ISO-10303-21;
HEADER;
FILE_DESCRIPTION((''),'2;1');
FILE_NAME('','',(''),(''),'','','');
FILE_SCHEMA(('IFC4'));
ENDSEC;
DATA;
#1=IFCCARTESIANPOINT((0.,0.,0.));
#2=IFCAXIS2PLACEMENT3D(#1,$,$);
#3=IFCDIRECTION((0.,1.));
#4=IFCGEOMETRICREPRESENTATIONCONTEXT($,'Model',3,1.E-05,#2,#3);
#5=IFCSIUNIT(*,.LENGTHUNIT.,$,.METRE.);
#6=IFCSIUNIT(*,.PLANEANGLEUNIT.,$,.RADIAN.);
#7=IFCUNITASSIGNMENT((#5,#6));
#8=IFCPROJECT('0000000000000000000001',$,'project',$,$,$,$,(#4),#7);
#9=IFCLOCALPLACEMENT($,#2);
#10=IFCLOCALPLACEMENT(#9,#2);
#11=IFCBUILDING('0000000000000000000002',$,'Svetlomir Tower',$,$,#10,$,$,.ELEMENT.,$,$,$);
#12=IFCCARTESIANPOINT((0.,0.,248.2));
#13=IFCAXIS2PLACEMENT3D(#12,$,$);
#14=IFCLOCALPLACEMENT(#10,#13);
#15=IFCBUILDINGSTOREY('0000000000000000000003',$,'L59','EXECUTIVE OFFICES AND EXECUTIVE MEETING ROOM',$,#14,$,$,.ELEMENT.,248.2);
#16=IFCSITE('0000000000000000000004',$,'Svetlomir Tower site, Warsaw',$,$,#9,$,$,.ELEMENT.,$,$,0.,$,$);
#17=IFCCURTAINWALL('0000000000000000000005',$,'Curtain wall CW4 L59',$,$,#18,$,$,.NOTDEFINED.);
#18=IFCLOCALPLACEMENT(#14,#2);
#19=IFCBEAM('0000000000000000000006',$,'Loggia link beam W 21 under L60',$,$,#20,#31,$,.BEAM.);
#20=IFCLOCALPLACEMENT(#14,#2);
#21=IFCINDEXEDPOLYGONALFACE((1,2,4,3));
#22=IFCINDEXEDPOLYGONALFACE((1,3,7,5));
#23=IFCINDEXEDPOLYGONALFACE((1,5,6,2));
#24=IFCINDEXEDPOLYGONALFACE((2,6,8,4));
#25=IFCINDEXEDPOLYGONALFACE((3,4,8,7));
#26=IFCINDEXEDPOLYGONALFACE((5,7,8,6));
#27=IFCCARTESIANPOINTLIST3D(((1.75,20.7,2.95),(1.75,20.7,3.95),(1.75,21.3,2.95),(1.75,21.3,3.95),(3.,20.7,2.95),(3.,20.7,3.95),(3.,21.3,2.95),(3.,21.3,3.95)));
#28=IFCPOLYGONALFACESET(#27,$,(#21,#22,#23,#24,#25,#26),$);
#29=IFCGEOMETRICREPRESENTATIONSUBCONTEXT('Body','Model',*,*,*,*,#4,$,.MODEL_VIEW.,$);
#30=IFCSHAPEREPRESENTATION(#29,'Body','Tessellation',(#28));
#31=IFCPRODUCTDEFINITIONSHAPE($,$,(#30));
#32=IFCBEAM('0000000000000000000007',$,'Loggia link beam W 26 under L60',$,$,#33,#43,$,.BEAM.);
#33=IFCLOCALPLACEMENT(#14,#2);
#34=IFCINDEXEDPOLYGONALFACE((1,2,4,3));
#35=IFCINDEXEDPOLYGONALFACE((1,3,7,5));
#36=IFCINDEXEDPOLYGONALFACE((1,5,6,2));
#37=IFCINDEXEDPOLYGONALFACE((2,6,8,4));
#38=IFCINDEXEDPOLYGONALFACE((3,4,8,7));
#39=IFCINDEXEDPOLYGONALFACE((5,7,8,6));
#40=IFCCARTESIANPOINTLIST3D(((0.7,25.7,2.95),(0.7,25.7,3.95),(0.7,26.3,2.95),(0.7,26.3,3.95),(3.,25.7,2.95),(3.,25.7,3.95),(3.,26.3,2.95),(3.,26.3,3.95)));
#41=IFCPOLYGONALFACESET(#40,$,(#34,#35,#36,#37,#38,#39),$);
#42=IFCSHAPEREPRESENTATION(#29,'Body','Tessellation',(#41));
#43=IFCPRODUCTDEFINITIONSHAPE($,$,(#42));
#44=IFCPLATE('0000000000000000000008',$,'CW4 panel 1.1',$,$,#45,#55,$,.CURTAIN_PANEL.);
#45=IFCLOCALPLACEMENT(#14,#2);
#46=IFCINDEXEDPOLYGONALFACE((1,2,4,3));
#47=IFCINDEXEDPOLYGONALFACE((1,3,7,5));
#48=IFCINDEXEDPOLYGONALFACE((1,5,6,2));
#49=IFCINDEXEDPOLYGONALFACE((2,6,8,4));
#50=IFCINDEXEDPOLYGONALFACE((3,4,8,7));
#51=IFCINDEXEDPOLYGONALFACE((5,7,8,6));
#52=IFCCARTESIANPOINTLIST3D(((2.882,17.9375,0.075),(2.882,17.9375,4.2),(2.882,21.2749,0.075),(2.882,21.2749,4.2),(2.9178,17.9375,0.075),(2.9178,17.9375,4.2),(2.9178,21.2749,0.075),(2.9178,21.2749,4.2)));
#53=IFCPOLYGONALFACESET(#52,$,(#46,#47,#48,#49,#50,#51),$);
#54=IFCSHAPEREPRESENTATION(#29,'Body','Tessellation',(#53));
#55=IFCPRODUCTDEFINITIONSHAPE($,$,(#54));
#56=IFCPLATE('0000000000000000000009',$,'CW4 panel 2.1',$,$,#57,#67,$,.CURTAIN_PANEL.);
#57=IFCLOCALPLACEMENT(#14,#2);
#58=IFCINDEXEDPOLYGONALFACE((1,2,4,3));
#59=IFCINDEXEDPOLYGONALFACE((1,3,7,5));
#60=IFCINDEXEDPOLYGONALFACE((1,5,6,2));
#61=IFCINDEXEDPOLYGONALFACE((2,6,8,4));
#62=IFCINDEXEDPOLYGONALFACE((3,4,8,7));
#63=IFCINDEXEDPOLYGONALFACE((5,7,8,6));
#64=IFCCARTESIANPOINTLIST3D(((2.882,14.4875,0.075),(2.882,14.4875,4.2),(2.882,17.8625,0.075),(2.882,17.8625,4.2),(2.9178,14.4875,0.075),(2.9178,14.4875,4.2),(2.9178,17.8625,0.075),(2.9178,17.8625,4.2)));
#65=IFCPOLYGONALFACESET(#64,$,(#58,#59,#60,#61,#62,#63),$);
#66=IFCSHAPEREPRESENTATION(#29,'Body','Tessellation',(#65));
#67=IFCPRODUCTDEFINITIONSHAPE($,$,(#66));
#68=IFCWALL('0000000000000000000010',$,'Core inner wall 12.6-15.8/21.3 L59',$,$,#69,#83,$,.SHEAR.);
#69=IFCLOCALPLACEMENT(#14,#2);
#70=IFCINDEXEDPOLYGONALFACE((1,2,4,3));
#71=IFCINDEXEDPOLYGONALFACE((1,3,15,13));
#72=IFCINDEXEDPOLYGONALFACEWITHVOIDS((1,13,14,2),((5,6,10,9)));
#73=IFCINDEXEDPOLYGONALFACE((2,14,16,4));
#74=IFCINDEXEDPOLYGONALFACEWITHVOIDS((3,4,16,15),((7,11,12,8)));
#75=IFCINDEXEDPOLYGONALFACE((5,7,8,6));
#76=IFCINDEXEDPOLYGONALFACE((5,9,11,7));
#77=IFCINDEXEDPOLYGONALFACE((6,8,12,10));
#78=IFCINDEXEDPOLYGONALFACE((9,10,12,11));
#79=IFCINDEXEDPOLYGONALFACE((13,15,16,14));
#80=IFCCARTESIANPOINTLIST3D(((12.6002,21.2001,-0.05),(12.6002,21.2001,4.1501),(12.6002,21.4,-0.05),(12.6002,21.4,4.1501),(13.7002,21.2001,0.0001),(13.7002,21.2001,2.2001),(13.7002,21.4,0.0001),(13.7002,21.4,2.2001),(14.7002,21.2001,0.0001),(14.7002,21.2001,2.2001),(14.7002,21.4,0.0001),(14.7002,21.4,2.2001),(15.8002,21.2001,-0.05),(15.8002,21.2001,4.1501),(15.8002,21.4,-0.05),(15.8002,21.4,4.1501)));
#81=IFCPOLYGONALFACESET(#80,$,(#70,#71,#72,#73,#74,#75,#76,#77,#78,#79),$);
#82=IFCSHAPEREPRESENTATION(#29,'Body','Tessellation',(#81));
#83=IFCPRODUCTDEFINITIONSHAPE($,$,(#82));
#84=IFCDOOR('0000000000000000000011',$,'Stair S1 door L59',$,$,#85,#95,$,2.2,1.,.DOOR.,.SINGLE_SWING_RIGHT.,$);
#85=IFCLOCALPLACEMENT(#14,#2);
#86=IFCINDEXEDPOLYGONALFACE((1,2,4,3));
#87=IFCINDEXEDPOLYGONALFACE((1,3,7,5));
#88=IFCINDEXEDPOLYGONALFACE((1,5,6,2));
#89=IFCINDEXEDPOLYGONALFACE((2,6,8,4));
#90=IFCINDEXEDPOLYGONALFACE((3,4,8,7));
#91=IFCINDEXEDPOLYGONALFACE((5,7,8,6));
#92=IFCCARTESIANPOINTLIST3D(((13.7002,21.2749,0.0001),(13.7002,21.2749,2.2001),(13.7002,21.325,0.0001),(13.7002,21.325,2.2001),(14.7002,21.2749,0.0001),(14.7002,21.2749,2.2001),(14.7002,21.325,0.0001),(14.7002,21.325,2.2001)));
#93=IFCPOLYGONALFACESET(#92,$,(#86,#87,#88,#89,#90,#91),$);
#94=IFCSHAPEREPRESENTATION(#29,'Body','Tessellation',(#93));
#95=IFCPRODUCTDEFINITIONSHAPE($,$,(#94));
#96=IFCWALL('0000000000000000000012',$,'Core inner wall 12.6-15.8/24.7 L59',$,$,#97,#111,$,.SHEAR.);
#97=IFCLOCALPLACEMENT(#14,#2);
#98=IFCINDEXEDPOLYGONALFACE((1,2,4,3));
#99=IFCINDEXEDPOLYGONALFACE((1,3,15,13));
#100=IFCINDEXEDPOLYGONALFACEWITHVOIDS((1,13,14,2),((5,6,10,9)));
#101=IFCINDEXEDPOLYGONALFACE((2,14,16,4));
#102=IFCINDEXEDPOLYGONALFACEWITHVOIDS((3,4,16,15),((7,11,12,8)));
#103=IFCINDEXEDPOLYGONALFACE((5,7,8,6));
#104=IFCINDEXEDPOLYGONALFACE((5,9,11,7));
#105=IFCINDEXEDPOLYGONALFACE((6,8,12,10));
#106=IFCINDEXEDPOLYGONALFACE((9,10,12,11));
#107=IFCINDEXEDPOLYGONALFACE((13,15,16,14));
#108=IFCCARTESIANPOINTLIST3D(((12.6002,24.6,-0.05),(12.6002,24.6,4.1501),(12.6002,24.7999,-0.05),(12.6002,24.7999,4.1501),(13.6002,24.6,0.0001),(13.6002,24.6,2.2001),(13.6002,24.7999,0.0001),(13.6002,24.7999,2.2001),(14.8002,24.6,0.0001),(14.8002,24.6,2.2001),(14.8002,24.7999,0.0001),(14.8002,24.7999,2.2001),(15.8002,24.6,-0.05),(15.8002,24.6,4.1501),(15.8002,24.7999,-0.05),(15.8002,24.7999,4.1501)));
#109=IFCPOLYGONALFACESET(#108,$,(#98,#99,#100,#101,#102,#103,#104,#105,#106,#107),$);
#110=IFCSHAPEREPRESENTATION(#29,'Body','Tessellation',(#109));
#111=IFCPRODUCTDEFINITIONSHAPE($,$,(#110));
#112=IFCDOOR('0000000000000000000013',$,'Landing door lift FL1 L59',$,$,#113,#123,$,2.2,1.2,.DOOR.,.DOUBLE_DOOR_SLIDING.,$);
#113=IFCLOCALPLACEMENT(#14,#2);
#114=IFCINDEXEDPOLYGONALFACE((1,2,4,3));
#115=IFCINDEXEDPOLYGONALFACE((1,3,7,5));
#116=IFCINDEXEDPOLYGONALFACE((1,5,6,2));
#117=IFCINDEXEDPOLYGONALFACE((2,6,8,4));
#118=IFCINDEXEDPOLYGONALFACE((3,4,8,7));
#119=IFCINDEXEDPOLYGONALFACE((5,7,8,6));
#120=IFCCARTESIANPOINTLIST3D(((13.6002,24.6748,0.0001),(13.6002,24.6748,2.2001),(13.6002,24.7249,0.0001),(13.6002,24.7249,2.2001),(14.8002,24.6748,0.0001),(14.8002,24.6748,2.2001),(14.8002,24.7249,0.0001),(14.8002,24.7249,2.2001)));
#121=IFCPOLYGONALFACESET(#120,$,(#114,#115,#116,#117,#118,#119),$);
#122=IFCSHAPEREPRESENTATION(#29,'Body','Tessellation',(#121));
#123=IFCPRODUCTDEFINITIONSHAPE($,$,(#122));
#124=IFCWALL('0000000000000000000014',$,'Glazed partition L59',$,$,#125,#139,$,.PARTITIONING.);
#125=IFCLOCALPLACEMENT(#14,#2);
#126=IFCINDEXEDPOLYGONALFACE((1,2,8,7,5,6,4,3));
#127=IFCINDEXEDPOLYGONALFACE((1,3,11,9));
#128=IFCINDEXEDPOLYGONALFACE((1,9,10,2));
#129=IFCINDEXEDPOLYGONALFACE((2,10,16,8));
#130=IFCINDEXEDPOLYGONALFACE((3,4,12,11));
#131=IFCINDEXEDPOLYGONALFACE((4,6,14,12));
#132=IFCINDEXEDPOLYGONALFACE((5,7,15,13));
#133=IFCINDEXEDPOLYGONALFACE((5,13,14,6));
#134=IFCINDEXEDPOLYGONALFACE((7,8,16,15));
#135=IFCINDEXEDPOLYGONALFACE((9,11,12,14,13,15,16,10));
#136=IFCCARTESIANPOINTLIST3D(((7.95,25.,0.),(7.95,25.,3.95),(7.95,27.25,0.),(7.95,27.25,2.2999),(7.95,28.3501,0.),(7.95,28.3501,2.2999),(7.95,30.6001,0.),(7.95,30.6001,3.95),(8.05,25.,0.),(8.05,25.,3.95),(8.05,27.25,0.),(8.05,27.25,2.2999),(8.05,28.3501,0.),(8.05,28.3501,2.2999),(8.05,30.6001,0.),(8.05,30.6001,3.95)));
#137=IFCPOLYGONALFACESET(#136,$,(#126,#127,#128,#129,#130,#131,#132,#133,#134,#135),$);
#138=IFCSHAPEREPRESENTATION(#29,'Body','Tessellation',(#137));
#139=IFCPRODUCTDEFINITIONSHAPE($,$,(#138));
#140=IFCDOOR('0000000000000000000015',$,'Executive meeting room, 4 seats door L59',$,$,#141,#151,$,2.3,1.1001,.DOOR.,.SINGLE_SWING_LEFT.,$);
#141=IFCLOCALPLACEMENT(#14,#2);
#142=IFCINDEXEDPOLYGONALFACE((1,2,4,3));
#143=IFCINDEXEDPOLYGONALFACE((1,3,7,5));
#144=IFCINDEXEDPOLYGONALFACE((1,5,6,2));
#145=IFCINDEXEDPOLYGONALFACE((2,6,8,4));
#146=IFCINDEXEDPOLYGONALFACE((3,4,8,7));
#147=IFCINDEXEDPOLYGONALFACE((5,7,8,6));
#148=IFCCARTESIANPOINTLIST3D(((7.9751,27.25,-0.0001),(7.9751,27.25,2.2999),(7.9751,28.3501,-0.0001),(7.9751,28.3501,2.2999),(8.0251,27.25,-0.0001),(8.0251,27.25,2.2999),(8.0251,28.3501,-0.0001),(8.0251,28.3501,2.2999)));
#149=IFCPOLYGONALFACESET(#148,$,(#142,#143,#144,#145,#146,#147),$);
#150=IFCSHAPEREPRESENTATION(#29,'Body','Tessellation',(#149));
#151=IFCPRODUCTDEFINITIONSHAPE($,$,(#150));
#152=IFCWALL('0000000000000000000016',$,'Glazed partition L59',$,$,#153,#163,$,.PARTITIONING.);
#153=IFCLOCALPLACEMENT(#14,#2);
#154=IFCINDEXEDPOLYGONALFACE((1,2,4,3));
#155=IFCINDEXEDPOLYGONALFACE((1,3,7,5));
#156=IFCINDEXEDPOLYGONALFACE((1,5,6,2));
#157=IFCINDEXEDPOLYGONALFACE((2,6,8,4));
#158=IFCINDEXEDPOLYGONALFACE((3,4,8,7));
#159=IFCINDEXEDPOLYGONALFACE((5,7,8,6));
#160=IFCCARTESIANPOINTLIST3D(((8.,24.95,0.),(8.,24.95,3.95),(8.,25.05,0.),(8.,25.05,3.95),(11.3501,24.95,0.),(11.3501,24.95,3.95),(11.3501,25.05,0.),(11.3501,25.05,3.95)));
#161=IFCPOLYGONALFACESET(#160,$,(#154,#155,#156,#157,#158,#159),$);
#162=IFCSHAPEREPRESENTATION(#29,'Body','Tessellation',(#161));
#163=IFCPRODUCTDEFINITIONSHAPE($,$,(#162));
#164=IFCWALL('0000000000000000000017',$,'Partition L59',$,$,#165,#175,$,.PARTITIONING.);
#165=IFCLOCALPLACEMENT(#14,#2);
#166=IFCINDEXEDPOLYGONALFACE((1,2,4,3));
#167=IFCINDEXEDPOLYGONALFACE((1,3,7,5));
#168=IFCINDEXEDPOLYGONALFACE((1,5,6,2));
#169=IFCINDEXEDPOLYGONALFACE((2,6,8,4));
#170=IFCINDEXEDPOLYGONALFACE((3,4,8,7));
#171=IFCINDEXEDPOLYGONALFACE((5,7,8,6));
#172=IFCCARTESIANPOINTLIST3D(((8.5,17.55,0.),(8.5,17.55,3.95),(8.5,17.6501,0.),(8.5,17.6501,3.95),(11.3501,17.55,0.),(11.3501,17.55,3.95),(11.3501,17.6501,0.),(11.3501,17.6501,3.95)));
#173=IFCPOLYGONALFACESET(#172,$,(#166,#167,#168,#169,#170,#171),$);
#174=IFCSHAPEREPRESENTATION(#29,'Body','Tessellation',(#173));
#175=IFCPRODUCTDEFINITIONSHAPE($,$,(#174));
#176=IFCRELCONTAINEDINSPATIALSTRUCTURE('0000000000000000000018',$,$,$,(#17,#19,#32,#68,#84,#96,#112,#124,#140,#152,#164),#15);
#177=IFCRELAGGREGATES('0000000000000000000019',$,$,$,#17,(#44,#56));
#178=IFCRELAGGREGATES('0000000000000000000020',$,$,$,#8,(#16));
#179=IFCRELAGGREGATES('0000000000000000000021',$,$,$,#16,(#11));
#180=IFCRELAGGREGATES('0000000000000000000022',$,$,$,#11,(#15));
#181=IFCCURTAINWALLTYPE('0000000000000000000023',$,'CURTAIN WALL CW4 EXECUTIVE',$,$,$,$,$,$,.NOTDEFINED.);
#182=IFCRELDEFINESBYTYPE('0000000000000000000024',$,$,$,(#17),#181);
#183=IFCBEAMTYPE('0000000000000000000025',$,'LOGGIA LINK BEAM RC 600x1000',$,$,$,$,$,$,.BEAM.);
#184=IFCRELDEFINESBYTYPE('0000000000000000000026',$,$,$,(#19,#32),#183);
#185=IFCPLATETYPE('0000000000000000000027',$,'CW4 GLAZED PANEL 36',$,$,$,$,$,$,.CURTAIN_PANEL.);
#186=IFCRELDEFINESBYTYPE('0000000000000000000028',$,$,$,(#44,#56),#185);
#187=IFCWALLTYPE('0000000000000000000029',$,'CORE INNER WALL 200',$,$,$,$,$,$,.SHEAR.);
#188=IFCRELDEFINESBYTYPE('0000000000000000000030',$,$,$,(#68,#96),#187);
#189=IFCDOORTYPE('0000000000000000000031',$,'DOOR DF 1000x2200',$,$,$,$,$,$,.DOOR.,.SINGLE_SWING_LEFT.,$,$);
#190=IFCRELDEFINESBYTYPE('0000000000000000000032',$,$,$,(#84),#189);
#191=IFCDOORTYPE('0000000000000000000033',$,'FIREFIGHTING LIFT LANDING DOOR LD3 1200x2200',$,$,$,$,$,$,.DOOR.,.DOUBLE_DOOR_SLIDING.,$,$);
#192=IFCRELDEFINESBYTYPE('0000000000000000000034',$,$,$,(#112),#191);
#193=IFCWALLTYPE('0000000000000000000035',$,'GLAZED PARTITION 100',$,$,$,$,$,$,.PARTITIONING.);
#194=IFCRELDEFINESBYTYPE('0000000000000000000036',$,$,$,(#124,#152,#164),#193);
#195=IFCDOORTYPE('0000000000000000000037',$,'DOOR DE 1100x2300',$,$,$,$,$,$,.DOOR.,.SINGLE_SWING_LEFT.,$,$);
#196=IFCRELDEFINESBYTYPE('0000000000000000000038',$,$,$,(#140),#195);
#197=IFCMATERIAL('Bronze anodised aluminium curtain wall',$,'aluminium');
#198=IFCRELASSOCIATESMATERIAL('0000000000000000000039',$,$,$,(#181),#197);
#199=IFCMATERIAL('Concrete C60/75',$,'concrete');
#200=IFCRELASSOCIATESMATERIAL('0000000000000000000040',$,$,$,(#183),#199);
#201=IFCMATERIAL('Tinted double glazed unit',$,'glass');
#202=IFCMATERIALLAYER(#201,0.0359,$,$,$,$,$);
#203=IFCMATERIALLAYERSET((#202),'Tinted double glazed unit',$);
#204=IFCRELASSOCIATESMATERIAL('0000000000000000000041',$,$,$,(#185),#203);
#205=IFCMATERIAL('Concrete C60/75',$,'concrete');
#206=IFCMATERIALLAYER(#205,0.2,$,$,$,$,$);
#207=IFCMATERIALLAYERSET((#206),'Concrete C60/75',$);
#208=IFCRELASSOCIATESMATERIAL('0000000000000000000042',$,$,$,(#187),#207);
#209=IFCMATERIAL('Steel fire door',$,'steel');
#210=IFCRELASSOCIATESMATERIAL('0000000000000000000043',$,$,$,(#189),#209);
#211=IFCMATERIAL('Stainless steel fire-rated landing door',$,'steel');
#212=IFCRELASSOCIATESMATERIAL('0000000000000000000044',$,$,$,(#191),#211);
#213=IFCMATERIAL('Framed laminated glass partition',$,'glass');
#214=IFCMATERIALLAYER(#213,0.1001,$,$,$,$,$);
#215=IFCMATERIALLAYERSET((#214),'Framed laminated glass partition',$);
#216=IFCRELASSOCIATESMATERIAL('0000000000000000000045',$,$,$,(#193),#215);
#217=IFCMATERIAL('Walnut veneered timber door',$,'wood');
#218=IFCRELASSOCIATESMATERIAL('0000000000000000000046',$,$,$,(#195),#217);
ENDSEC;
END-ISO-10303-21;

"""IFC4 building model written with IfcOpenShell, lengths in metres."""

from ifc_helpers import new_model, si_unit, direction, frame, frame_2d, origin, origin_2d, place, context, subcontext, project, spatial, rectangle, extrude, material, layer, layer_set, material_profile, profile_set, type_object, element, fill, aggregate, save


model = new_model("IFC4")

# Units and contexts
model_context = context("Model", 3, precision=1e-05, world=origin(), true_north=direction((0.0, 1.0)))
body_context = subcontext(model_context, "Body", "Model", "MODEL_VIEW")
ifc_project = project(units=[si_unit("LENGTHUNIT", "METRE"), si_unit("PLANEANGLEUNIT", "RADIAN")], contexts=[model_context])

# Site, building, storey
site_placement = place(None, origin())
site = spatial("IfcSite", under=ifc_project, at=site_placement, Name="Svetlomir Tower site, Warsaw", CompositionType="ELEMENT", RefElevation=0.0)
building_placement = place(site_placement, origin())
building = spatial("IfcBuilding", under=site, at=building_placement, Name="Svetlomir Tower", CompositionType="ELEMENT")
storey_placement = place(building_placement, frame((0.0, 0.0, 248.2)))
storey = spatial("IfcBuildingStorey", under=building, at=storey_placement, Name="L59", Description="EXECUTIVE OFFICES AND EXECUTIVE MEETING ROOM", CompositionType="ELEMENT", Elevation=248.2)

# Curtain wall
ifc_material_1 = material(Name="Bronze anodised aluminium curtain wall", Category="aluminium")
curtain_wall_type = type_object("IfcCurtainWallType", Name="CURTAIN WALL CW4 EXECUTIVE", PredefinedType="NOTDEFINED", material=ifc_material_1)
curtain_wall_1_placement = place(storey_placement, origin())
curtain_wall_1 = element("IfcCurtainWall", 1, at=curtain_wall_1_placement, inside=storey, type_object=curtain_wall_type, Name="Curtain wall CW4 L59", PredefinedType="NOTDEFINED")

# Beams
ifc_material_2 = material(Name="Concrete C60/75", Category="concrete")
ifc_material_profile_1 = material_profile(ifc_material_2, rectangle(XDim=0.6001, YDim=1.0, at=origin_2d()), Name="RC 600x1000")
ifc_profile_set_1 = profile_set([ifc_material_profile_1], Name="Concrete C60/75")
beam_type_1 = type_object("IfcBeamType", Name="LOGGIA LINK BEAM RC 600x1000", PredefinedType="BEAM", material=ifc_profile_set_1)
beam_1_placement = place(storey_placement, frame((1.75, 21.0, 3.45), z_axis=(1.0, 0.0, 0.0), x_axis=(0.0, 1.0, 0.0)))
element("IfcBeam", 2, at=beam_1_placement, inside=storey, type_object=beam_type_1, Name="Loggia link beam W 21 under L60", PredefinedType="BEAM", context=body_context, shape_type="SweptSolid", body=[
    extrude(rectangle(XDim=0.6001, YDim=1.0, at=origin_2d()), origin(), (0.0, 0.0, 1.0), 1.25),
])
beam_2_placement = place(storey_placement, frame((0.7, 26.0, 3.45), z_axis=(1.0, 0.0, 0.0), x_axis=(0.0, 1.0, 0.0)))
element("IfcBeam", 3, at=beam_2_placement, inside=storey, type_object=beam_type_1, Name="Loggia link beam W 26 under L60", PredefinedType="BEAM", context=body_context, shape_type="SweptSolid", body=[
    extrude(rectangle(XDim=0.6001, YDim=1.0, at=origin_2d()), origin(), (0.0, 0.0, 1.0), 2.3),
])

# Plates
ifc_material_3 = material(Name="Tinted double glazed unit", Category="glass")
ifc_layer_1 = layer(ifc_material_3, 0.0359)
ifc_layer_set_1 = layer_set([ifc_layer_1], Name="Tinted double glazed unit")
plate_type = type_object("IfcPlateType", Name="CW4 GLAZED PANEL 36", PredefinedType="CURTAIN_PANEL", material=ifc_layer_set_1)
plate_1_placement = place(storey_placement, frame((2.8999, 19.6062, 0.075), z_axis=(0.0, 0.0, 1.0), x_axis=(0.0, -1.0, 0.0)))
plate_1 = element("IfcPlate", 4, at=plate_1_placement, type_object=plate_type, Name="CW4 panel 1.1", PredefinedType="CURTAIN_PANEL", context=body_context, shape_type="SweptSolid", body=[
    extrude(rectangle(XDim=3.3374, YDim=0.0359, at=origin_2d()), origin(), (0.0, 0.0, 1.0), 4.125),
])
plate_2_placement = place(storey_placement, frame((2.8999, 16.175, 0.075), z_axis=(0.0, 0.0, 1.0), x_axis=(0.0, -1.0, 0.0)))
plate_2 = element("IfcPlate", 5, at=plate_2_placement, type_object=plate_type, Name="CW4 panel 2.1", PredefinedType="CURTAIN_PANEL", context=body_context, shape_type="SweptSolid", body=[
    extrude(rectangle(XDim=3.375, YDim=0.0359, at=origin_2d()), origin(), (0.0, 0.0, 1.0), 4.125),
])
aggregate(curtain_wall_1, [plate_1, plate_2])

# Walls, openings, doors
ifc_material_4 = material(Name="Concrete C60/75", Category="concrete")
ifc_layer_2 = layer(ifc_material_4, 0.2)
ifc_layer_set_2 = layer_set([ifc_layer_2], Name="Concrete C60/75")
wall_type_1 = type_object("IfcWallType", Name="CORE INNER WALL 200", PredefinedType="SHEAR", material=ifc_layer_set_2)
wall_1_placement = place(storey_placement, frame((12.6001, 21.3, -0.05), z_axis=(0.0, 0.0, 1.0), x_axis=(1.0, 0.0, 0.0)))
wall_1 = element("IfcWall", 6, at=wall_1_placement, inside=storey, type_object=wall_type_1, Name="Core inner wall 12.6-15.8/21.3 L59", PredefinedType="SHEAR", context=body_context, shape_type="SweptSolid", body=[
    extrude(rectangle(XDim=3.2, YDim=0.2, at=frame_2d((1.6001, 0.0))), origin(), (0.0, 0.0, 1.0), 4.2002),
])
opening_1_placement = place(wall_1_placement, frame((1.1001, 0.0, 0.05)))
opening_1 = element("IfcOpeningElement", 7, at=opening_1_placement, cuts=wall_1, PredefinedType="OPENING", context=body_context, shape_type="SweptSolid", body=[
    extrude(rectangle(XDim=1.0, YDim=2.2, at=frame_2d((0.5, 1.1001))), frame((0.0, 0.1099, 0.0), z_axis=(0.0, -1.0, 0.0), x_axis=(1.0, 0.0, 0.0)), (0.0, 0.0, 1.0), 0.22),
])
ifc_material_5 = material(Name="Steel fire door", Category="steel")
door_type_1 = type_object("IfcDoorType", Name="DOOR DF 1000x2200", OperationType="SINGLE_SWING_LEFT", PredefinedType="DOOR", material=ifc_material_5)
door_1_placement = place(opening_1_placement, origin())
door_1 = element("IfcDoor", 8, at=door_1_placement, inside=storey, type_object=door_type_1, Name="Stair S1 door L59", OperationType="SINGLE_SWING_RIGHT", OverallHeight=2.2, OverallWidth=1.0, PredefinedType="DOOR", context=body_context, shape_type="SweptSolid", body=[
    extrude(rectangle(XDim=1.0, YDim=2.2, at=frame_2d((0.5, 1.1001))), frame((0.0, 0.0249, 0.0), z_axis=(0.0, -1.0, 0.0), x_axis=(1.0, 0.0, 0.0)), (0.0, 0.0, 1.0), 0.05),
])
fill(opening_1, door_1)
wall_2_placement = place(storey_placement, frame((12.6001, 24.7, -0.05), z_axis=(0.0, 0.0, 1.0), x_axis=(1.0, 0.0, 0.0)))
wall_2 = element("IfcWall", 9, at=wall_2_placement, inside=storey, type_object=wall_type_1, Name="Core inner wall 12.6-15.8/24.7 L59", PredefinedType="SHEAR", context=body_context, shape_type="SweptSolid", body=[
    extrude(rectangle(XDim=3.2, YDim=0.2, at=frame_2d((1.6001, 0.0))), origin(), (0.0, 0.0, 1.0), 4.2002),
])
opening_2_placement = place(wall_2_placement, frame((1.0, 0.0, 0.05)))
opening_2 = element("IfcOpeningElement", 10, at=opening_2_placement, cuts=wall_2, PredefinedType="OPENING", context=body_context, shape_type="SweptSolid", body=[
    extrude(rectangle(XDim=1.2, YDim=2.2, at=frame_2d((0.6001, 1.1001))), frame((0.0, 0.1099, 0.0), z_axis=(0.0, -1.0, 0.0), x_axis=(1.0, 0.0, 0.0)), (0.0, 0.0, 1.0), 0.22),
])
ifc_material_6 = material(Name="Stainless steel fire-rated landing door", Category="steel")
door_type_2 = type_object("IfcDoorType", Name="FIREFIGHTING LIFT LANDING DOOR LD3 1200x2200", OperationType="DOUBLE_DOOR_SLIDING", PredefinedType="DOOR", material=ifc_material_6)
door_2_placement = place(opening_2_placement, origin())
door_2 = element("IfcDoor", 11, at=door_2_placement, inside=storey, type_object=door_type_2, Name="Landing door lift FL1 L59", OperationType="DOUBLE_DOOR_SLIDING", OverallHeight=2.2, OverallWidth=1.2, PredefinedType="DOOR", context=body_context, shape_type="SweptSolid", body=[
    extrude(rectangle(XDim=1.2, YDim=2.2, at=frame_2d((0.6001, 1.1001))), frame((0.0, 0.0249, 0.0), z_axis=(0.0, -1.0, 0.0), x_axis=(1.0, 0.0, 0.0)), (0.0, 0.0, 1.0), 0.05),
])
fill(opening_2, door_2)
ifc_material_7 = material(Name="Framed laminated glass partition", Category="glass")
ifc_layer_3 = layer(ifc_material_7, 0.1001)
ifc_layer_set_3 = layer_set([ifc_layer_3], Name="Framed laminated glass partition")
wall_type_2 = type_object("IfcWallType", Name="GLAZED PARTITION 100", PredefinedType="PARTITIONING", material=ifc_layer_set_3)
wall_3_placement = place(storey_placement, frame((8.0, 25.0, 0.0), z_axis=(0.0, 0.0, 1.0), x_axis=(0.0, 1.0, 0.0)))
wall_3 = element("IfcWall", 12, at=wall_3_placement, inside=storey, type_object=wall_type_2, Name="Glazed partition L59", PredefinedType="PARTITIONING", context=body_context, shape_type="SweptSolid", body=[
    extrude(rectangle(XDim=5.6001, YDim=0.1001, at=frame_2d((2.8, 0.0))), origin(), (0.0, 0.0, 1.0), 3.95),
])
opening_3_placement = place(wall_3_placement, frame((2.25, 0.0, 0.0)))
opening_3 = element("IfcOpeningElement", 13, at=opening_3_placement, cuts=wall_3, PredefinedType="OPENING", context=body_context, shape_type="SweptSolid", body=[
    extrude(rectangle(XDim=1.1001, YDim=2.3, at=frame_2d((0.55, 1.1499))), frame((0.0, 0.0601, 0.0), z_axis=(0.0, -1.0, 0.0), x_axis=(1.0, 0.0, 0.0)), (0.0, 0.0, 1.0), 0.1201),
])
ifc_material_8 = material(Name="Walnut veneered timber door", Category="wood")
door_type_3 = type_object("IfcDoorType", Name="DOOR DE 1100x2300", OperationType="SINGLE_SWING_LEFT", PredefinedType="DOOR", material=ifc_material_8)
door_3_placement = place(opening_3_placement, origin())
door_3 = element("IfcDoor", 14, at=door_3_placement, inside=storey, type_object=door_type_3, Name="Executive meeting room, 4 seats door L59", OperationType="SINGLE_SWING_LEFT", OverallHeight=2.3, OverallWidth=1.1001, PredefinedType="DOOR", context=body_context, shape_type="SweptSolid", body=[
    extrude(rectangle(XDim=1.1001, YDim=2.3, at=frame_2d((0.55, 1.1499))), frame((0.0, 0.0249, 0.0), z_axis=(0.0, -1.0, 0.0), x_axis=(1.0, 0.0, 0.0)), (0.0, 0.0, 1.0), 0.05),
])
fill(opening_3, door_3)

# Walls
wall_4_placement = place(storey_placement, frame((8.0, 25.0, 0.0), z_axis=(0.0, 0.0, 1.0), x_axis=(1.0, 0.0, 0.0)))
element("IfcWall", 15, at=wall_4_placement, inside=storey, type_object=wall_type_2, Name="Glazed partition L59", PredefinedType="PARTITIONING", context=body_context, shape_type="SweptSolid", body=[
    extrude(rectangle(XDim=3.3501, YDim=0.1001, at=frame_2d((1.675, 0.0))), origin(), (0.0, 0.0, 1.0), 3.95),
])
wall_5_placement = place(storey_placement, frame((8.5, 17.6001, 0.0), z_axis=(0.0, 0.0, 1.0), x_axis=(1.0, 0.0, 0.0)))
element("IfcWall", 16, at=wall_5_placement, inside=storey, type_object=wall_type_2, Name="Partition L59", PredefinedType="PARTITIONING", context=body_context, shape_type="SweptSolid", body=[
    extrude(rectangle(XDim=2.8501, YDim=0.1001, at=frame_2d((1.425, 0.0))), origin(), (0.0, 0.0, 1.0), 3.95),
])

save(model, "model.ifc")
